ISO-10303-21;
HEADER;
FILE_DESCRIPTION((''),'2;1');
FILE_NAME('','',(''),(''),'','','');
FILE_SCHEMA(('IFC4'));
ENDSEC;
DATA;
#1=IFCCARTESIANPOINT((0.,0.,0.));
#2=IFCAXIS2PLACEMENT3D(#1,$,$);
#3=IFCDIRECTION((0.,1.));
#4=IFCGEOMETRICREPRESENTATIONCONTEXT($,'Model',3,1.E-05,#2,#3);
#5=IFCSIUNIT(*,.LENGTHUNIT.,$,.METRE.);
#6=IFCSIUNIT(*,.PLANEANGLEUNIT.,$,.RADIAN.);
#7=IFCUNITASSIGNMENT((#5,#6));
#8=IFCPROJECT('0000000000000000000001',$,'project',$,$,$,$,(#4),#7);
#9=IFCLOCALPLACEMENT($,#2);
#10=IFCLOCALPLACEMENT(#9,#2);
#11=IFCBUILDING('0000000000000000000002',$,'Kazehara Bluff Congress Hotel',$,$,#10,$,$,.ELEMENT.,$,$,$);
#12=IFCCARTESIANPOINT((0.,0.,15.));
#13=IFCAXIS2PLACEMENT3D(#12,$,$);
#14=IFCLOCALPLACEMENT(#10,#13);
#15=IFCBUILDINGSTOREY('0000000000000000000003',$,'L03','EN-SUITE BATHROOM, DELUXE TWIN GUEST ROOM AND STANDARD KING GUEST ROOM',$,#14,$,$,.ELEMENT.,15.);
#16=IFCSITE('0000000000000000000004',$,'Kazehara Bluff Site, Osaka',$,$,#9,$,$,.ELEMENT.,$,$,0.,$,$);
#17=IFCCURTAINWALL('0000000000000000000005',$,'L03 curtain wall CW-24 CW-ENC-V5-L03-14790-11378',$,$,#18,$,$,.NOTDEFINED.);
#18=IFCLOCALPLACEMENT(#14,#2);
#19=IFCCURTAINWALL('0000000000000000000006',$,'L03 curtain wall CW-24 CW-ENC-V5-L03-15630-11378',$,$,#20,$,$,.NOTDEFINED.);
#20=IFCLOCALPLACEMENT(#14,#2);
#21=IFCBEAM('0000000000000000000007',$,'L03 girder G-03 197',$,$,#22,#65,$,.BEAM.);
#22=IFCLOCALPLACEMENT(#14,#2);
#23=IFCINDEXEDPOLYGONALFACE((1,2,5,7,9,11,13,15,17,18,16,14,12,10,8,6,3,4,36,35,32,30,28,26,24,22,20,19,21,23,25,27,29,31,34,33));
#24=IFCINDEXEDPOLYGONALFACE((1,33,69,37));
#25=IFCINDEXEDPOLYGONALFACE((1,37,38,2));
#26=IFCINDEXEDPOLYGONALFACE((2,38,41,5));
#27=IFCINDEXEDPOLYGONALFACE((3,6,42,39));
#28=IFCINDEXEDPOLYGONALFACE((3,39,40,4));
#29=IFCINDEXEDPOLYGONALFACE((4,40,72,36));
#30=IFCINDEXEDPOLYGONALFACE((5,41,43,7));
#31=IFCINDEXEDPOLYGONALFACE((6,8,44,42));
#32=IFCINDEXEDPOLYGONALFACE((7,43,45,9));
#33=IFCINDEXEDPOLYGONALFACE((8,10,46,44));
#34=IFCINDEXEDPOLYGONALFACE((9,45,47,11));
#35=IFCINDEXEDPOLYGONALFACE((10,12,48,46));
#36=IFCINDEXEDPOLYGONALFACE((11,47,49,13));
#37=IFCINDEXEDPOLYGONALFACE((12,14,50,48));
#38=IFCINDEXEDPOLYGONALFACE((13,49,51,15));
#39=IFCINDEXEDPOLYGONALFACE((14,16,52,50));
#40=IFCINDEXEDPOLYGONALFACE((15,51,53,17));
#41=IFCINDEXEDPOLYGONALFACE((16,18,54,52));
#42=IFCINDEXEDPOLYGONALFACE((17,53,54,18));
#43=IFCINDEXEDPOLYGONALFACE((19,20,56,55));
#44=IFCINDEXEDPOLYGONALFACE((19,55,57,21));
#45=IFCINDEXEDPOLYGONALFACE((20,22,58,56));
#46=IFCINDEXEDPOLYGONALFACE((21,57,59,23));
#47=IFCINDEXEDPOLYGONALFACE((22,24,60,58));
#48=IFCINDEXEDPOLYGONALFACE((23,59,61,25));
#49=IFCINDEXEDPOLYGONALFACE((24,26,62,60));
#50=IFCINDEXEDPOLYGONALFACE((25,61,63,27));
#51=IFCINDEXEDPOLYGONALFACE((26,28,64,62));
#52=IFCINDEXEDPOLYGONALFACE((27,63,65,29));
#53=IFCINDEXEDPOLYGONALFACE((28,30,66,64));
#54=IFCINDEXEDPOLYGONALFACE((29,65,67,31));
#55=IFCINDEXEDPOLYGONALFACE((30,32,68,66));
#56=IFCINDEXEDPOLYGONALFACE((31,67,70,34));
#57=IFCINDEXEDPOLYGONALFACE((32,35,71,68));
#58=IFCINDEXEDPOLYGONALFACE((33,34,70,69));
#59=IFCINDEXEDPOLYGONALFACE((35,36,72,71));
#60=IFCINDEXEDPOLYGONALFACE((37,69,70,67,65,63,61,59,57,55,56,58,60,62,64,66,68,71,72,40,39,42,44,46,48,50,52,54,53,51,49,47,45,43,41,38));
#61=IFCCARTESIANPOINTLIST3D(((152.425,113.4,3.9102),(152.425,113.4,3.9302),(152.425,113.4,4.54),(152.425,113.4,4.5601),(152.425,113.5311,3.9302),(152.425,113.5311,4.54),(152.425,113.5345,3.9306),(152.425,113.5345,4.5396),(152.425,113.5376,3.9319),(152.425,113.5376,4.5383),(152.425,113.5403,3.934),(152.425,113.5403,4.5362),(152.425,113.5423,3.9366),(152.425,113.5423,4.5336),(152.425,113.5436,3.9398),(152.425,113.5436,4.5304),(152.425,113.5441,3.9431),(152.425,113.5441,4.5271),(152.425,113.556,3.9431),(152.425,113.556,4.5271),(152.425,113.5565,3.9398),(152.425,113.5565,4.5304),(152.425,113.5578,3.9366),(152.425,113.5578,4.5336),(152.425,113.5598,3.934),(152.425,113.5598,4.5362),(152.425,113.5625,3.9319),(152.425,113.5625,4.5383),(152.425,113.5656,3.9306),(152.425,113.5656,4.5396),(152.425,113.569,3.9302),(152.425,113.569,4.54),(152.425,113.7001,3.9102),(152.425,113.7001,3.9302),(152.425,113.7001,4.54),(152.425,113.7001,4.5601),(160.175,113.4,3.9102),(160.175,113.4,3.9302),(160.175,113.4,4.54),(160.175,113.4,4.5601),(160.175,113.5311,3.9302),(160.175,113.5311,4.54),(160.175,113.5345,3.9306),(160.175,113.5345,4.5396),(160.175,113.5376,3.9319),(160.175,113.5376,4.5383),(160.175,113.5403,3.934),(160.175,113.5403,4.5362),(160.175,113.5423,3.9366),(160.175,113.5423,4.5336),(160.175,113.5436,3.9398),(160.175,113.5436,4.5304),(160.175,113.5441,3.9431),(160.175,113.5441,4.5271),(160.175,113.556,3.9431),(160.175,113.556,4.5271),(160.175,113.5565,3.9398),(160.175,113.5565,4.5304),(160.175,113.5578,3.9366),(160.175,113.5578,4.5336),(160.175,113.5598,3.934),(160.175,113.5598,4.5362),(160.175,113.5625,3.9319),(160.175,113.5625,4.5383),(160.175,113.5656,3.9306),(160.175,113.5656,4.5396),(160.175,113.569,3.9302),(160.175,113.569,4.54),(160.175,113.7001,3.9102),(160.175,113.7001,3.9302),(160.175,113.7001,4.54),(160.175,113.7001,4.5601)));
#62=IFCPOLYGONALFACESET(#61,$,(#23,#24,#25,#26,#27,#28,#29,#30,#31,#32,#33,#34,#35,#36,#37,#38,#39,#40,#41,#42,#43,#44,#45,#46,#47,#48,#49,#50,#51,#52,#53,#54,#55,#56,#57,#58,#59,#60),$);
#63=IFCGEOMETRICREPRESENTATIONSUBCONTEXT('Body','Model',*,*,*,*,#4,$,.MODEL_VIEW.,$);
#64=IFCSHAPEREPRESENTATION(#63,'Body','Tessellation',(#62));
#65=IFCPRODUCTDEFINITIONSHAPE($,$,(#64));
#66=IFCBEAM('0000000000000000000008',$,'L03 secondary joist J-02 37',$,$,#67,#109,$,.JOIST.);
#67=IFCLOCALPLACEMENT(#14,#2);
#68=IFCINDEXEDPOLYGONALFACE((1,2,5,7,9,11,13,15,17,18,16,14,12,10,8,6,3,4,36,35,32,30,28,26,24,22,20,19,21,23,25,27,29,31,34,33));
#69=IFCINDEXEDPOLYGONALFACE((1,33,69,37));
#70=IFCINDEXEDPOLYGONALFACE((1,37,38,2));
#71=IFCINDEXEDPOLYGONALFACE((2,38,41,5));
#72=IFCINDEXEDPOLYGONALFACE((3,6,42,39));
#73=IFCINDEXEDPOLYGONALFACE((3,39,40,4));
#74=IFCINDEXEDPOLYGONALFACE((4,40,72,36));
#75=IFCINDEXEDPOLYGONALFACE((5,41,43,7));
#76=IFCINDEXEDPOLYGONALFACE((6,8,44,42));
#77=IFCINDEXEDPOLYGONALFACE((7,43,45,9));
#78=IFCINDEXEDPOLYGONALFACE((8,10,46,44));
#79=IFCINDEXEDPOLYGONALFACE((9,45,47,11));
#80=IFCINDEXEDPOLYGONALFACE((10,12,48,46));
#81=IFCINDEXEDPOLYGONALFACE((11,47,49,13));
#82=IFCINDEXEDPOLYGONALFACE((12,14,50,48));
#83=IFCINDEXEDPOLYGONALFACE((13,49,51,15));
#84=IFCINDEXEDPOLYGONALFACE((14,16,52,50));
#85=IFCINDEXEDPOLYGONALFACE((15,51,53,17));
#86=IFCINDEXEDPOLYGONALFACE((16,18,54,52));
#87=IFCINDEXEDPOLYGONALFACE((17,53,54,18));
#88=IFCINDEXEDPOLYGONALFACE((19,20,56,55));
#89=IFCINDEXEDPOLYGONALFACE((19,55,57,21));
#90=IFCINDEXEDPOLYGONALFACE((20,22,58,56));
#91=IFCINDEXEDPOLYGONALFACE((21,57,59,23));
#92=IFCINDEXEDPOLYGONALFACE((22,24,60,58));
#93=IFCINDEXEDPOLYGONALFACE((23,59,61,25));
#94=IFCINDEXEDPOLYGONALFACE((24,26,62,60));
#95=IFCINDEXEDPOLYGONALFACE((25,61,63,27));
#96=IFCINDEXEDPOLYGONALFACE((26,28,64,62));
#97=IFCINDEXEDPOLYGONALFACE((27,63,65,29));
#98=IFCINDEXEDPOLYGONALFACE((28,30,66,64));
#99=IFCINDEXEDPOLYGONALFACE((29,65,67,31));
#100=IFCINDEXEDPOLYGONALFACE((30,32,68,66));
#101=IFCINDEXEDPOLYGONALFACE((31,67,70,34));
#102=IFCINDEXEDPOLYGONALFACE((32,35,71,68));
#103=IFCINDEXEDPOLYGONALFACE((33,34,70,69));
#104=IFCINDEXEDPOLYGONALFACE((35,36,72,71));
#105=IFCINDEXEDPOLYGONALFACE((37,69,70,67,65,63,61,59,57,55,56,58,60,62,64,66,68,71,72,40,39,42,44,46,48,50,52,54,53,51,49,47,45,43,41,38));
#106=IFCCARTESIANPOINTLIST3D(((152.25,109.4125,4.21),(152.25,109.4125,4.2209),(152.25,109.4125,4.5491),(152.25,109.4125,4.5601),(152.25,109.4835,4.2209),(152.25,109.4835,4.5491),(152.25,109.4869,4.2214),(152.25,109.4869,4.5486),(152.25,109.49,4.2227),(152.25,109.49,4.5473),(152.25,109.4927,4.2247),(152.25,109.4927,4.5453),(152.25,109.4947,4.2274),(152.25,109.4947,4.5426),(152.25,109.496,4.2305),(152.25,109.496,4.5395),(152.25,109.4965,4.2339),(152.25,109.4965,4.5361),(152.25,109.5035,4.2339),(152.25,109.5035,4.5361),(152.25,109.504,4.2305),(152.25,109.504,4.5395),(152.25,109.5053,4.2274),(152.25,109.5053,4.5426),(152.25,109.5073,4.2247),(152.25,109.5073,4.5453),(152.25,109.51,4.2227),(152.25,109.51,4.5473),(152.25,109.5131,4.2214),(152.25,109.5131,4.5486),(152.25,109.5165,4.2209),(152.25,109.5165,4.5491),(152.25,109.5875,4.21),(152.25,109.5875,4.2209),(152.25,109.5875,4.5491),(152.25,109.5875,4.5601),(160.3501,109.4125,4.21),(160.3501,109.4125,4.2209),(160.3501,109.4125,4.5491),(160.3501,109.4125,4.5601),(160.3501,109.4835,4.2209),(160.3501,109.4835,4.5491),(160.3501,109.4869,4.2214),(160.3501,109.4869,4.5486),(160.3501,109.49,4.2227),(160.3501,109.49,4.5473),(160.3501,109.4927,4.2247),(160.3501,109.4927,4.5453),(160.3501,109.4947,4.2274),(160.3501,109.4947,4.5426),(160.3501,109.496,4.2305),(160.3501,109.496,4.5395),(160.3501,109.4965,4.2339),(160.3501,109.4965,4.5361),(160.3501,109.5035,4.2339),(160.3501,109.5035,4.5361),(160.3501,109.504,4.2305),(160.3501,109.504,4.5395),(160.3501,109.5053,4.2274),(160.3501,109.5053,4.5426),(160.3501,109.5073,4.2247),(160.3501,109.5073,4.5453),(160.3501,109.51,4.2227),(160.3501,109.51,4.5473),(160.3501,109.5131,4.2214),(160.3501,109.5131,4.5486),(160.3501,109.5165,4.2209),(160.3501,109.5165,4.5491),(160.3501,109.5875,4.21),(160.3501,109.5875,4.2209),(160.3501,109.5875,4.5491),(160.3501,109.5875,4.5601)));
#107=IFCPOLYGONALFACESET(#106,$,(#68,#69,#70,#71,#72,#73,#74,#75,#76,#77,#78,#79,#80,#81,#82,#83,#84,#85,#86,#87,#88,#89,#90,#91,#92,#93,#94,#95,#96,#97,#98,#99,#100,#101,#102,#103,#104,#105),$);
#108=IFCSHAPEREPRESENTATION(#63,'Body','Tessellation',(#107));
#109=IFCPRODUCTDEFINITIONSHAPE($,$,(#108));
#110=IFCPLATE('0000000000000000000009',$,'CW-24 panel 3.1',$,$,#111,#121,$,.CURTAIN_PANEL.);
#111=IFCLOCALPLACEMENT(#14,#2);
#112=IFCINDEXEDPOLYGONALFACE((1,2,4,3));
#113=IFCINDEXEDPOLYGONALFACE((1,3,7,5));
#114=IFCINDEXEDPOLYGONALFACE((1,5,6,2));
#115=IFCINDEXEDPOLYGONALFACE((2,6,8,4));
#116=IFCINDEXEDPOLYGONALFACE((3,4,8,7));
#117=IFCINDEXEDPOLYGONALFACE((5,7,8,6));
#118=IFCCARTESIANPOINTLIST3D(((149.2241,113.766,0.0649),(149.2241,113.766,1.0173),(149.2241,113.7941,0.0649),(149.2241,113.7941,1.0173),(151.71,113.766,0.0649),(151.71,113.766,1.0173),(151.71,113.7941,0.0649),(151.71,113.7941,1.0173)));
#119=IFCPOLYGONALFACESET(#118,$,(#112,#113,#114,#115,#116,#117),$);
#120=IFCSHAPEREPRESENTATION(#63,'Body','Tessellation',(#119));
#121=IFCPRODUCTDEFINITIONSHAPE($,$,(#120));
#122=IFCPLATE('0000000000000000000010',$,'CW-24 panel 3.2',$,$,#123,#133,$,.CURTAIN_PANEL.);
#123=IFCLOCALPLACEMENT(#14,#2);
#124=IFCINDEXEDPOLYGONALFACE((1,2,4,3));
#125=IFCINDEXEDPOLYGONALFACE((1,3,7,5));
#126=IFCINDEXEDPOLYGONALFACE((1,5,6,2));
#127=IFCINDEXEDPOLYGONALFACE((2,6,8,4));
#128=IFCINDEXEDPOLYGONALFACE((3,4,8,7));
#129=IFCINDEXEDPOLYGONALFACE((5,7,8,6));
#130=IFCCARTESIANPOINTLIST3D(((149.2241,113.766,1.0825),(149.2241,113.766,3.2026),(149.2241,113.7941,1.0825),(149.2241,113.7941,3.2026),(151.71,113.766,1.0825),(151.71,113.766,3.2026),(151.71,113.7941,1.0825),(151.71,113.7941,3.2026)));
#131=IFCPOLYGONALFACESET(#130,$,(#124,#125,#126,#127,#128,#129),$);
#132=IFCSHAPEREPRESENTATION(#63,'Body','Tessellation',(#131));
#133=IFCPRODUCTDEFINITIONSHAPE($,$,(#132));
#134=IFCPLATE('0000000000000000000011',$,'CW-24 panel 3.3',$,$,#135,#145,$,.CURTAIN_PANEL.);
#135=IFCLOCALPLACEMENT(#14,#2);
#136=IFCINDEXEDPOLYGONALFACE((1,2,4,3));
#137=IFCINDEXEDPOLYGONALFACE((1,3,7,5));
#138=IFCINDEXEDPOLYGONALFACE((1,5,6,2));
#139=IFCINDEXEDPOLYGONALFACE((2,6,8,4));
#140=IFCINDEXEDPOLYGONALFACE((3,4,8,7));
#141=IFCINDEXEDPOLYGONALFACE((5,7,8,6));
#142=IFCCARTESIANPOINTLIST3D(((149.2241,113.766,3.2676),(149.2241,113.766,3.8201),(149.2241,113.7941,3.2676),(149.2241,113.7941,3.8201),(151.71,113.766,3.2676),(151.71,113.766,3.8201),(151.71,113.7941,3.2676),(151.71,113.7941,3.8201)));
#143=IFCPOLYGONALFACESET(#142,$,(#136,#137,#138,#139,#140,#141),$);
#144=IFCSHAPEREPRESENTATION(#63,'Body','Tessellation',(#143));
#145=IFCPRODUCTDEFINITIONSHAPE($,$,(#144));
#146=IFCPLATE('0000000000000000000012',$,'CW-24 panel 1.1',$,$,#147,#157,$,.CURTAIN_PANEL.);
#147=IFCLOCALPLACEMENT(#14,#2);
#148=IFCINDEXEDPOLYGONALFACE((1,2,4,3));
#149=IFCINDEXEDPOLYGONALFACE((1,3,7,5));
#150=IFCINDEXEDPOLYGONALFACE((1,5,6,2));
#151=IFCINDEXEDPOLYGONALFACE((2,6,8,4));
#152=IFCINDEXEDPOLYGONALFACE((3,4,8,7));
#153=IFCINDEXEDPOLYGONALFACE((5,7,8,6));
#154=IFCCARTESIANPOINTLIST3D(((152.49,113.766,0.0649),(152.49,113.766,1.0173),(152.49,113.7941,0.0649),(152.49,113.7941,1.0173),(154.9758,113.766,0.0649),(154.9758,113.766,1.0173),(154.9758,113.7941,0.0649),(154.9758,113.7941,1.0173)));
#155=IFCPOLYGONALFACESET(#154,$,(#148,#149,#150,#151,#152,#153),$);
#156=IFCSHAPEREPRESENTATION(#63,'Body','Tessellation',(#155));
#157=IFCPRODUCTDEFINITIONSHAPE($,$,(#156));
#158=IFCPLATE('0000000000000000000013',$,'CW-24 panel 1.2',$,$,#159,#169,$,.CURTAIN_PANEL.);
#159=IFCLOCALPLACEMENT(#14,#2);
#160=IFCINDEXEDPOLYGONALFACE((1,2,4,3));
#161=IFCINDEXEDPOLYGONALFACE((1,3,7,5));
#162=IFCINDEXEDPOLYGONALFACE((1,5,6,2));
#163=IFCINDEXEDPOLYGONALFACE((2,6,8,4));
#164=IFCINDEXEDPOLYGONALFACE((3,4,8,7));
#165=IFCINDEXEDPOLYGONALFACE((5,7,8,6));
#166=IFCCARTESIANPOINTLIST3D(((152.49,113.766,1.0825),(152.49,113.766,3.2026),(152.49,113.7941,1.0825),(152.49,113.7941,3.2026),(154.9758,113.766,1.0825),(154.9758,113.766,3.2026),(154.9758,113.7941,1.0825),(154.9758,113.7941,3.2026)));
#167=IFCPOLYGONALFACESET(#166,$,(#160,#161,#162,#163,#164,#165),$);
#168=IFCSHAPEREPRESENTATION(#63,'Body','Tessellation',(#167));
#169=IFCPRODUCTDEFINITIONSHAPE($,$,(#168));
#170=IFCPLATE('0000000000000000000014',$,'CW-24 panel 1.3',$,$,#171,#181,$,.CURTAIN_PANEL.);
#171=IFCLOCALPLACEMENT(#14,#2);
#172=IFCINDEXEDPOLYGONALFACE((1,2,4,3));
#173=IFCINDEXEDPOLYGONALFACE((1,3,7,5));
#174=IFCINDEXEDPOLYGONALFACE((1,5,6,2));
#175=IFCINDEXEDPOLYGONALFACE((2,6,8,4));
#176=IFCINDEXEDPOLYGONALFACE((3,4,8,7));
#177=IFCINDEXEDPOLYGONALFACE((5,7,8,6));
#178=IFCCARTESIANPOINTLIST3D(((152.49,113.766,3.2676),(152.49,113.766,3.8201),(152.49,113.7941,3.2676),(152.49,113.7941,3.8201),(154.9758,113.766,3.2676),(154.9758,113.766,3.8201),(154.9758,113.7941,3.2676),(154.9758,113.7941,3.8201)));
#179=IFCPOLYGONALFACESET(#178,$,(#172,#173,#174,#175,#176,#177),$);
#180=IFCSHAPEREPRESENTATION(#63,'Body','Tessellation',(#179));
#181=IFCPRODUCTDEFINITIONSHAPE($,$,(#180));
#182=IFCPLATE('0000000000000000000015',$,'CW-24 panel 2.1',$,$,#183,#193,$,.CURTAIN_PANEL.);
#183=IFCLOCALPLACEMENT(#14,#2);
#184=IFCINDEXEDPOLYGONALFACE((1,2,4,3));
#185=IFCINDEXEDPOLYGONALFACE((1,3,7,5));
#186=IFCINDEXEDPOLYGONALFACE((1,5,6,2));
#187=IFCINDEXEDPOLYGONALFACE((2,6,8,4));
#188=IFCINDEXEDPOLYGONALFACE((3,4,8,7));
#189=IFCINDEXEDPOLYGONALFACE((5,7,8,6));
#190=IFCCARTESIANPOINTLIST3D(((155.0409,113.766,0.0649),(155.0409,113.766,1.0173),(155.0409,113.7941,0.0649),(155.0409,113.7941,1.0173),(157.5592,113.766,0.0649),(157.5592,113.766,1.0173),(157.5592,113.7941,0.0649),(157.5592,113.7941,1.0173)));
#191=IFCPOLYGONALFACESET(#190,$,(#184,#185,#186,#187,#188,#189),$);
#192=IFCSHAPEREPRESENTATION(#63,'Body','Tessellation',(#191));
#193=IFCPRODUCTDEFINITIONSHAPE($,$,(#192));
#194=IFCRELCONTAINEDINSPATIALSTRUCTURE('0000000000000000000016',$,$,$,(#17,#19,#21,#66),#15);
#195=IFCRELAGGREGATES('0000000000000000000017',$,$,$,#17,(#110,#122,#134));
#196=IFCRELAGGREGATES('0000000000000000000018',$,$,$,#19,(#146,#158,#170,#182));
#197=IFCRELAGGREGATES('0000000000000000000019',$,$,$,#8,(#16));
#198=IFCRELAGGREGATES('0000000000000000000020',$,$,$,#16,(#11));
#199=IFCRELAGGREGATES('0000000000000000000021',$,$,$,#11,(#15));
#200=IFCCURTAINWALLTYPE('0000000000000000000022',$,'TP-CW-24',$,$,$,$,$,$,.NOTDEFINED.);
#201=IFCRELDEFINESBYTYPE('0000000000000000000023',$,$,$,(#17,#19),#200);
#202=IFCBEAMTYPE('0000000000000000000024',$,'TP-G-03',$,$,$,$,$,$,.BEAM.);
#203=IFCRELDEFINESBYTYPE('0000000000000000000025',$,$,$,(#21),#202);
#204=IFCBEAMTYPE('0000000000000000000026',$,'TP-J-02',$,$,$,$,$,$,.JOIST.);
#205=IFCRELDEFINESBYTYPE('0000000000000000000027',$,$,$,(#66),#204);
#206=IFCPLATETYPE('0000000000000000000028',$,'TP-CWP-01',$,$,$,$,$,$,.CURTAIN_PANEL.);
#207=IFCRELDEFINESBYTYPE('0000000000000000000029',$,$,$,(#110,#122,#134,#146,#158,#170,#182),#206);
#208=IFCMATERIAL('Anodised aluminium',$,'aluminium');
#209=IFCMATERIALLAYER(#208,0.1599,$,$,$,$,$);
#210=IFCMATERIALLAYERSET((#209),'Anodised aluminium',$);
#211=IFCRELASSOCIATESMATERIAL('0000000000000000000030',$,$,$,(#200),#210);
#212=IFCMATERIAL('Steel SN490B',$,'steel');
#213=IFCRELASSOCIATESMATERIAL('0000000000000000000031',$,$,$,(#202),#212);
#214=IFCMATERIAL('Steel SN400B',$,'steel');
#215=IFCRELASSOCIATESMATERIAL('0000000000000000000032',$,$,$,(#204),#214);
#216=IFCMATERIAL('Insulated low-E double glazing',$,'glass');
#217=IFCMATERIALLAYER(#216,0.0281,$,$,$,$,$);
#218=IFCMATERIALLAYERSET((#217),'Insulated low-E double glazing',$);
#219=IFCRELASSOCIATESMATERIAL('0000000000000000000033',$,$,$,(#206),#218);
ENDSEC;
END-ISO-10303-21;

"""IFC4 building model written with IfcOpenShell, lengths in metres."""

from ifc_helpers import new_model, si_unit, direction, frame, origin, origin_2d, place, context, subcontext, project, spatial, rectangle, i_section, extrude, material, layer, layer_set, material_profile, profile_set, type_object, element, aggregate, save


model = new_model("IFC4")

# Units and contexts
model_context = context("Model", 3, precision=1e-05, world=origin(), true_north=direction((0.0, 1.0)))
body_context = subcontext(model_context, "Body", "Model", "MODEL_VIEW")
ifc_project = project(units=[si_unit("LENGTHUNIT", "METRE"), si_unit("PLANEANGLEUNIT", "RADIAN")], contexts=[model_context])

# Site, building, storey
site_placement = place(None, origin())
site = spatial("IfcSite", under=ifc_project, at=site_placement, Name="Kazehara Bluff Site, Osaka", CompositionType="ELEMENT", RefElevation=0.0)
building_placement = place(site_placement, origin())
building = spatial("IfcBuilding", under=site, at=building_placement, Name="Kazehara Bluff Congress Hotel", CompositionType="ELEMENT")
storey_placement = place(building_placement, frame((0.0, 0.0, 15.0)))
storey = spatial("IfcBuildingStorey", under=building, at=storey_placement, Name="L03", Description="EN-SUITE BATHROOM, DELUXE TWIN GUEST ROOM AND STANDARD KING GUEST ROOM", CompositionType="ELEMENT", Elevation=15.0)

# Curtain wall
ifc_material_1 = material(Name="Anodised aluminium", Category="aluminium")
ifc_layer_1 = layer(ifc_material_1, 0.1599)
ifc_layer_set_1 = layer_set([ifc_layer_1], Name="Anodised aluminium")
curtain_wall_type = type_object("IfcCurtainWallType", Name="TP-CW-24", PredefinedType="NOTDEFINED", material=ifc_layer_set_1)
curtain_wall_1_placement = place(storey_placement, origin())
curtain_wall_1 = element("IfcCurtainWall", 1, at=curtain_wall_1_placement, inside=storey, type_object=curtain_wall_type, Name="L03 curtain wall CW-24 CW-ENC-V5-L03-14790-11378", PredefinedType="NOTDEFINED")

# Curtain wall
curtain_wall_2_placement = place(storey_placement, origin())
curtain_wall_2 = element("IfcCurtainWall", 2, at=curtain_wall_2_placement, inside=storey, type_object=curtain_wall_type, Name="L03 curtain wall CW-24 CW-ENC-V5-L03-15630-11378", PredefinedType="NOTDEFINED")

# Beams
ifc_material_2 = material(Name="Steel SN490B", Category="steel")
ifc_material_profile_1 = material_profile(ifc_material_2, i_section(OverallWidth=0.3, OverallDepth=0.6499, WebThickness=0.012, FlangeThickness=0.02, FilletRadius=0.0129, at=origin_2d()))
ifc_profile_set_1 = profile_set([ifc_material_profile_1], Name="Steel SN490B")
beam_type_1 = type_object("IfcBeamType", Name="TP-G-03", PredefinedType="BEAM", material=ifc_profile_set_1)
beam_1_placement = place(storey_placement, frame((152.425, 113.55, 4.2351), z_axis=(1.0, 0.0, 0.0), x_axis=(0.0, 1.0, 0.0)))
element("IfcBeam", 3, at=beam_1_placement, inside=storey, type_object=beam_type_1, Name="L03 girder G-03 197", PredefinedType="BEAM", context=body_context, shape_type="SweptSolid", body=[
    extrude(i_section(OverallWidth=0.3, OverallDepth=0.6499, WebThickness=0.012, FlangeThickness=0.02, FilletRadius=0.0129, at=origin_2d()), origin(), (0.0, 0.0, 1.0), 7.75),
])
ifc_material_3 = material(Name="Steel SN400B", Category="steel")
ifc_material_profile_2 = material_profile(ifc_material_3, i_section(OverallWidth=0.175, OverallDepth=0.3501, WebThickness=0.0071, FlangeThickness=0.011, FilletRadius=0.0129, at=origin_2d()))
ifc_profile_set_2 = profile_set([ifc_material_profile_2], Name="Steel SN400B")
beam_type_2 = type_object("IfcBeamType", Name="TP-J-02", PredefinedType="JOIST", material=ifc_profile_set_2)
beam_2_placement = place(storey_placement, frame((152.25, 109.5, 4.385), z_axis=(1.0, 0.0, 0.0), x_axis=(0.0, 1.0, 0.0)))
element("IfcBeam", 4, at=beam_2_placement, inside=storey, type_object=beam_type_2, Name="L03 secondary joist J-02 37", PredefinedType="JOIST", context=body_context, shape_type="SweptSolid", body=[
    extrude(i_section(OverallWidth=0.175, OverallDepth=0.3501, WebThickness=0.0071, FlangeThickness=0.011, FilletRadius=0.0129, at=origin_2d()), origin(), (0.0, 0.0, 1.0), 8.1001),
])

# Plates
ifc_material_4 = material(Name="Insulated low-E double glazing", Category="glass")
ifc_layer_2 = layer(ifc_material_4, 0.0281)
ifc_layer_set_2 = layer_set([ifc_layer_2], Name="Insulated low-E double glazing")
plate_type = type_object("IfcPlateType", Name="TP-CWP-01", PredefinedType="CURTAIN_PANEL", material=ifc_layer_set_2)
plate_1_placement = place(storey_placement, frame((150.467, 113.78, 0.0649), z_axis=(0.0, 0.0, 1.0), x_axis=(1.0, 0.0, 0.0)))
plate_1 = element("IfcPlate", 5, at=plate_1_placement, type_object=plate_type, Name="CW-24 panel 3.1", PredefinedType="CURTAIN_PANEL", context=body_context, shape_type="SweptSolid", body=[
    extrude(rectangle(XDim=2.4858, YDim=0.0281, at=origin_2d()), origin(), (0.0, 0.0, 1.0), 0.9524),
])
plate_2_placement = place(storey_placement, frame((150.467, 113.78, 1.0825), z_axis=(0.0, 0.0, 1.0), x_axis=(1.0, 0.0, 0.0)))
plate_2 = element("IfcPlate", 6, at=plate_2_placement, type_object=plate_type, Name="CW-24 panel 3.2", PredefinedType="CURTAIN_PANEL", context=body_context, shape_type="SweptSolid", body=[
    extrude(rectangle(XDim=2.4858, YDim=0.0281, at=origin_2d()), origin(), (0.0, 0.0, 1.0), 2.1201),
])
plate_3_placement = place(storey_placement, frame((150.467, 113.78, 3.2676), z_axis=(0.0, 0.0, 1.0), x_axis=(1.0, 0.0, 0.0)))
plate_3 = element("IfcPlate", 7, at=plate_3_placement, type_object=plate_type, Name="CW-24 panel 3.3", PredefinedType="CURTAIN_PANEL", context=body_context, shape_type="SweptSolid", body=[
    extrude(rectangle(XDim=2.4858, YDim=0.0281, at=origin_2d()), origin(), (0.0, 0.0, 1.0), 0.5525),
])
aggregate(curtain_wall_1, [plate_1, plate_2, plate_3])
plate_4_placement = place(storey_placement, frame((153.7329, 113.78, 0.0649), z_axis=(0.0, 0.0, 1.0), x_axis=(1.0, 0.0, 0.0)))
plate_4 = element("IfcPlate", 8, at=plate_4_placement, type_object=plate_type, Name="CW-24 panel 1.1", PredefinedType="CURTAIN_PANEL", context=body_context, shape_type="SweptSolid", body=[
    extrude(rectangle(XDim=2.4858, YDim=0.0281, at=origin_2d()), origin(), (0.0, 0.0, 1.0), 0.9524),
])
plate_5_placement = place(storey_placement, frame((153.7329, 113.78, 1.0825), z_axis=(0.0, 0.0, 1.0), x_axis=(1.0, 0.0, 0.0)))
plate_5 = element("IfcPlate", 9, at=plate_5_placement, type_object=plate_type, Name="CW-24 panel 1.2", PredefinedType="CURTAIN_PANEL", context=body_context, shape_type="SweptSolid", body=[
    extrude(rectangle(XDim=2.4858, YDim=0.0281, at=origin_2d()), origin(), (0.0, 0.0, 1.0), 2.1201),
])
plate_6_placement = place(storey_placement, frame((153.7329, 113.78, 3.2676), z_axis=(0.0, 0.0, 1.0), x_axis=(1.0, 0.0, 0.0)))
plate_6 = element("IfcPlate", 10, at=plate_6_placement, type_object=plate_type, Name="CW-24 panel 1.3", PredefinedType="CURTAIN_PANEL", context=body_context, shape_type="SweptSolid", body=[
    extrude(rectangle(XDim=2.4858, YDim=0.0281, at=origin_2d()), origin(), (0.0, 0.0, 1.0), 0.5525),
])
plate_7_placement = place(storey_placement, frame((156.3, 113.78, 0.0649), z_axis=(0.0, 0.0, 1.0), x_axis=(1.0, 0.0, 0.0)))
plate_7 = element("IfcPlate", 11, at=plate_7_placement, type_object=plate_type, Name="CW-24 panel 2.1", PredefinedType="CURTAIN_PANEL", context=body_context, shape_type="SweptSolid", body=[
    extrude(rectangle(XDim=2.5183, YDim=0.0281, at=origin_2d()), origin(), (0.0, 0.0, 1.0), 0.9524),
])
aggregate(curtain_wall_2, [plate_4, plate_5, plate_6, plate_7])

save(model, "model.ifc")
